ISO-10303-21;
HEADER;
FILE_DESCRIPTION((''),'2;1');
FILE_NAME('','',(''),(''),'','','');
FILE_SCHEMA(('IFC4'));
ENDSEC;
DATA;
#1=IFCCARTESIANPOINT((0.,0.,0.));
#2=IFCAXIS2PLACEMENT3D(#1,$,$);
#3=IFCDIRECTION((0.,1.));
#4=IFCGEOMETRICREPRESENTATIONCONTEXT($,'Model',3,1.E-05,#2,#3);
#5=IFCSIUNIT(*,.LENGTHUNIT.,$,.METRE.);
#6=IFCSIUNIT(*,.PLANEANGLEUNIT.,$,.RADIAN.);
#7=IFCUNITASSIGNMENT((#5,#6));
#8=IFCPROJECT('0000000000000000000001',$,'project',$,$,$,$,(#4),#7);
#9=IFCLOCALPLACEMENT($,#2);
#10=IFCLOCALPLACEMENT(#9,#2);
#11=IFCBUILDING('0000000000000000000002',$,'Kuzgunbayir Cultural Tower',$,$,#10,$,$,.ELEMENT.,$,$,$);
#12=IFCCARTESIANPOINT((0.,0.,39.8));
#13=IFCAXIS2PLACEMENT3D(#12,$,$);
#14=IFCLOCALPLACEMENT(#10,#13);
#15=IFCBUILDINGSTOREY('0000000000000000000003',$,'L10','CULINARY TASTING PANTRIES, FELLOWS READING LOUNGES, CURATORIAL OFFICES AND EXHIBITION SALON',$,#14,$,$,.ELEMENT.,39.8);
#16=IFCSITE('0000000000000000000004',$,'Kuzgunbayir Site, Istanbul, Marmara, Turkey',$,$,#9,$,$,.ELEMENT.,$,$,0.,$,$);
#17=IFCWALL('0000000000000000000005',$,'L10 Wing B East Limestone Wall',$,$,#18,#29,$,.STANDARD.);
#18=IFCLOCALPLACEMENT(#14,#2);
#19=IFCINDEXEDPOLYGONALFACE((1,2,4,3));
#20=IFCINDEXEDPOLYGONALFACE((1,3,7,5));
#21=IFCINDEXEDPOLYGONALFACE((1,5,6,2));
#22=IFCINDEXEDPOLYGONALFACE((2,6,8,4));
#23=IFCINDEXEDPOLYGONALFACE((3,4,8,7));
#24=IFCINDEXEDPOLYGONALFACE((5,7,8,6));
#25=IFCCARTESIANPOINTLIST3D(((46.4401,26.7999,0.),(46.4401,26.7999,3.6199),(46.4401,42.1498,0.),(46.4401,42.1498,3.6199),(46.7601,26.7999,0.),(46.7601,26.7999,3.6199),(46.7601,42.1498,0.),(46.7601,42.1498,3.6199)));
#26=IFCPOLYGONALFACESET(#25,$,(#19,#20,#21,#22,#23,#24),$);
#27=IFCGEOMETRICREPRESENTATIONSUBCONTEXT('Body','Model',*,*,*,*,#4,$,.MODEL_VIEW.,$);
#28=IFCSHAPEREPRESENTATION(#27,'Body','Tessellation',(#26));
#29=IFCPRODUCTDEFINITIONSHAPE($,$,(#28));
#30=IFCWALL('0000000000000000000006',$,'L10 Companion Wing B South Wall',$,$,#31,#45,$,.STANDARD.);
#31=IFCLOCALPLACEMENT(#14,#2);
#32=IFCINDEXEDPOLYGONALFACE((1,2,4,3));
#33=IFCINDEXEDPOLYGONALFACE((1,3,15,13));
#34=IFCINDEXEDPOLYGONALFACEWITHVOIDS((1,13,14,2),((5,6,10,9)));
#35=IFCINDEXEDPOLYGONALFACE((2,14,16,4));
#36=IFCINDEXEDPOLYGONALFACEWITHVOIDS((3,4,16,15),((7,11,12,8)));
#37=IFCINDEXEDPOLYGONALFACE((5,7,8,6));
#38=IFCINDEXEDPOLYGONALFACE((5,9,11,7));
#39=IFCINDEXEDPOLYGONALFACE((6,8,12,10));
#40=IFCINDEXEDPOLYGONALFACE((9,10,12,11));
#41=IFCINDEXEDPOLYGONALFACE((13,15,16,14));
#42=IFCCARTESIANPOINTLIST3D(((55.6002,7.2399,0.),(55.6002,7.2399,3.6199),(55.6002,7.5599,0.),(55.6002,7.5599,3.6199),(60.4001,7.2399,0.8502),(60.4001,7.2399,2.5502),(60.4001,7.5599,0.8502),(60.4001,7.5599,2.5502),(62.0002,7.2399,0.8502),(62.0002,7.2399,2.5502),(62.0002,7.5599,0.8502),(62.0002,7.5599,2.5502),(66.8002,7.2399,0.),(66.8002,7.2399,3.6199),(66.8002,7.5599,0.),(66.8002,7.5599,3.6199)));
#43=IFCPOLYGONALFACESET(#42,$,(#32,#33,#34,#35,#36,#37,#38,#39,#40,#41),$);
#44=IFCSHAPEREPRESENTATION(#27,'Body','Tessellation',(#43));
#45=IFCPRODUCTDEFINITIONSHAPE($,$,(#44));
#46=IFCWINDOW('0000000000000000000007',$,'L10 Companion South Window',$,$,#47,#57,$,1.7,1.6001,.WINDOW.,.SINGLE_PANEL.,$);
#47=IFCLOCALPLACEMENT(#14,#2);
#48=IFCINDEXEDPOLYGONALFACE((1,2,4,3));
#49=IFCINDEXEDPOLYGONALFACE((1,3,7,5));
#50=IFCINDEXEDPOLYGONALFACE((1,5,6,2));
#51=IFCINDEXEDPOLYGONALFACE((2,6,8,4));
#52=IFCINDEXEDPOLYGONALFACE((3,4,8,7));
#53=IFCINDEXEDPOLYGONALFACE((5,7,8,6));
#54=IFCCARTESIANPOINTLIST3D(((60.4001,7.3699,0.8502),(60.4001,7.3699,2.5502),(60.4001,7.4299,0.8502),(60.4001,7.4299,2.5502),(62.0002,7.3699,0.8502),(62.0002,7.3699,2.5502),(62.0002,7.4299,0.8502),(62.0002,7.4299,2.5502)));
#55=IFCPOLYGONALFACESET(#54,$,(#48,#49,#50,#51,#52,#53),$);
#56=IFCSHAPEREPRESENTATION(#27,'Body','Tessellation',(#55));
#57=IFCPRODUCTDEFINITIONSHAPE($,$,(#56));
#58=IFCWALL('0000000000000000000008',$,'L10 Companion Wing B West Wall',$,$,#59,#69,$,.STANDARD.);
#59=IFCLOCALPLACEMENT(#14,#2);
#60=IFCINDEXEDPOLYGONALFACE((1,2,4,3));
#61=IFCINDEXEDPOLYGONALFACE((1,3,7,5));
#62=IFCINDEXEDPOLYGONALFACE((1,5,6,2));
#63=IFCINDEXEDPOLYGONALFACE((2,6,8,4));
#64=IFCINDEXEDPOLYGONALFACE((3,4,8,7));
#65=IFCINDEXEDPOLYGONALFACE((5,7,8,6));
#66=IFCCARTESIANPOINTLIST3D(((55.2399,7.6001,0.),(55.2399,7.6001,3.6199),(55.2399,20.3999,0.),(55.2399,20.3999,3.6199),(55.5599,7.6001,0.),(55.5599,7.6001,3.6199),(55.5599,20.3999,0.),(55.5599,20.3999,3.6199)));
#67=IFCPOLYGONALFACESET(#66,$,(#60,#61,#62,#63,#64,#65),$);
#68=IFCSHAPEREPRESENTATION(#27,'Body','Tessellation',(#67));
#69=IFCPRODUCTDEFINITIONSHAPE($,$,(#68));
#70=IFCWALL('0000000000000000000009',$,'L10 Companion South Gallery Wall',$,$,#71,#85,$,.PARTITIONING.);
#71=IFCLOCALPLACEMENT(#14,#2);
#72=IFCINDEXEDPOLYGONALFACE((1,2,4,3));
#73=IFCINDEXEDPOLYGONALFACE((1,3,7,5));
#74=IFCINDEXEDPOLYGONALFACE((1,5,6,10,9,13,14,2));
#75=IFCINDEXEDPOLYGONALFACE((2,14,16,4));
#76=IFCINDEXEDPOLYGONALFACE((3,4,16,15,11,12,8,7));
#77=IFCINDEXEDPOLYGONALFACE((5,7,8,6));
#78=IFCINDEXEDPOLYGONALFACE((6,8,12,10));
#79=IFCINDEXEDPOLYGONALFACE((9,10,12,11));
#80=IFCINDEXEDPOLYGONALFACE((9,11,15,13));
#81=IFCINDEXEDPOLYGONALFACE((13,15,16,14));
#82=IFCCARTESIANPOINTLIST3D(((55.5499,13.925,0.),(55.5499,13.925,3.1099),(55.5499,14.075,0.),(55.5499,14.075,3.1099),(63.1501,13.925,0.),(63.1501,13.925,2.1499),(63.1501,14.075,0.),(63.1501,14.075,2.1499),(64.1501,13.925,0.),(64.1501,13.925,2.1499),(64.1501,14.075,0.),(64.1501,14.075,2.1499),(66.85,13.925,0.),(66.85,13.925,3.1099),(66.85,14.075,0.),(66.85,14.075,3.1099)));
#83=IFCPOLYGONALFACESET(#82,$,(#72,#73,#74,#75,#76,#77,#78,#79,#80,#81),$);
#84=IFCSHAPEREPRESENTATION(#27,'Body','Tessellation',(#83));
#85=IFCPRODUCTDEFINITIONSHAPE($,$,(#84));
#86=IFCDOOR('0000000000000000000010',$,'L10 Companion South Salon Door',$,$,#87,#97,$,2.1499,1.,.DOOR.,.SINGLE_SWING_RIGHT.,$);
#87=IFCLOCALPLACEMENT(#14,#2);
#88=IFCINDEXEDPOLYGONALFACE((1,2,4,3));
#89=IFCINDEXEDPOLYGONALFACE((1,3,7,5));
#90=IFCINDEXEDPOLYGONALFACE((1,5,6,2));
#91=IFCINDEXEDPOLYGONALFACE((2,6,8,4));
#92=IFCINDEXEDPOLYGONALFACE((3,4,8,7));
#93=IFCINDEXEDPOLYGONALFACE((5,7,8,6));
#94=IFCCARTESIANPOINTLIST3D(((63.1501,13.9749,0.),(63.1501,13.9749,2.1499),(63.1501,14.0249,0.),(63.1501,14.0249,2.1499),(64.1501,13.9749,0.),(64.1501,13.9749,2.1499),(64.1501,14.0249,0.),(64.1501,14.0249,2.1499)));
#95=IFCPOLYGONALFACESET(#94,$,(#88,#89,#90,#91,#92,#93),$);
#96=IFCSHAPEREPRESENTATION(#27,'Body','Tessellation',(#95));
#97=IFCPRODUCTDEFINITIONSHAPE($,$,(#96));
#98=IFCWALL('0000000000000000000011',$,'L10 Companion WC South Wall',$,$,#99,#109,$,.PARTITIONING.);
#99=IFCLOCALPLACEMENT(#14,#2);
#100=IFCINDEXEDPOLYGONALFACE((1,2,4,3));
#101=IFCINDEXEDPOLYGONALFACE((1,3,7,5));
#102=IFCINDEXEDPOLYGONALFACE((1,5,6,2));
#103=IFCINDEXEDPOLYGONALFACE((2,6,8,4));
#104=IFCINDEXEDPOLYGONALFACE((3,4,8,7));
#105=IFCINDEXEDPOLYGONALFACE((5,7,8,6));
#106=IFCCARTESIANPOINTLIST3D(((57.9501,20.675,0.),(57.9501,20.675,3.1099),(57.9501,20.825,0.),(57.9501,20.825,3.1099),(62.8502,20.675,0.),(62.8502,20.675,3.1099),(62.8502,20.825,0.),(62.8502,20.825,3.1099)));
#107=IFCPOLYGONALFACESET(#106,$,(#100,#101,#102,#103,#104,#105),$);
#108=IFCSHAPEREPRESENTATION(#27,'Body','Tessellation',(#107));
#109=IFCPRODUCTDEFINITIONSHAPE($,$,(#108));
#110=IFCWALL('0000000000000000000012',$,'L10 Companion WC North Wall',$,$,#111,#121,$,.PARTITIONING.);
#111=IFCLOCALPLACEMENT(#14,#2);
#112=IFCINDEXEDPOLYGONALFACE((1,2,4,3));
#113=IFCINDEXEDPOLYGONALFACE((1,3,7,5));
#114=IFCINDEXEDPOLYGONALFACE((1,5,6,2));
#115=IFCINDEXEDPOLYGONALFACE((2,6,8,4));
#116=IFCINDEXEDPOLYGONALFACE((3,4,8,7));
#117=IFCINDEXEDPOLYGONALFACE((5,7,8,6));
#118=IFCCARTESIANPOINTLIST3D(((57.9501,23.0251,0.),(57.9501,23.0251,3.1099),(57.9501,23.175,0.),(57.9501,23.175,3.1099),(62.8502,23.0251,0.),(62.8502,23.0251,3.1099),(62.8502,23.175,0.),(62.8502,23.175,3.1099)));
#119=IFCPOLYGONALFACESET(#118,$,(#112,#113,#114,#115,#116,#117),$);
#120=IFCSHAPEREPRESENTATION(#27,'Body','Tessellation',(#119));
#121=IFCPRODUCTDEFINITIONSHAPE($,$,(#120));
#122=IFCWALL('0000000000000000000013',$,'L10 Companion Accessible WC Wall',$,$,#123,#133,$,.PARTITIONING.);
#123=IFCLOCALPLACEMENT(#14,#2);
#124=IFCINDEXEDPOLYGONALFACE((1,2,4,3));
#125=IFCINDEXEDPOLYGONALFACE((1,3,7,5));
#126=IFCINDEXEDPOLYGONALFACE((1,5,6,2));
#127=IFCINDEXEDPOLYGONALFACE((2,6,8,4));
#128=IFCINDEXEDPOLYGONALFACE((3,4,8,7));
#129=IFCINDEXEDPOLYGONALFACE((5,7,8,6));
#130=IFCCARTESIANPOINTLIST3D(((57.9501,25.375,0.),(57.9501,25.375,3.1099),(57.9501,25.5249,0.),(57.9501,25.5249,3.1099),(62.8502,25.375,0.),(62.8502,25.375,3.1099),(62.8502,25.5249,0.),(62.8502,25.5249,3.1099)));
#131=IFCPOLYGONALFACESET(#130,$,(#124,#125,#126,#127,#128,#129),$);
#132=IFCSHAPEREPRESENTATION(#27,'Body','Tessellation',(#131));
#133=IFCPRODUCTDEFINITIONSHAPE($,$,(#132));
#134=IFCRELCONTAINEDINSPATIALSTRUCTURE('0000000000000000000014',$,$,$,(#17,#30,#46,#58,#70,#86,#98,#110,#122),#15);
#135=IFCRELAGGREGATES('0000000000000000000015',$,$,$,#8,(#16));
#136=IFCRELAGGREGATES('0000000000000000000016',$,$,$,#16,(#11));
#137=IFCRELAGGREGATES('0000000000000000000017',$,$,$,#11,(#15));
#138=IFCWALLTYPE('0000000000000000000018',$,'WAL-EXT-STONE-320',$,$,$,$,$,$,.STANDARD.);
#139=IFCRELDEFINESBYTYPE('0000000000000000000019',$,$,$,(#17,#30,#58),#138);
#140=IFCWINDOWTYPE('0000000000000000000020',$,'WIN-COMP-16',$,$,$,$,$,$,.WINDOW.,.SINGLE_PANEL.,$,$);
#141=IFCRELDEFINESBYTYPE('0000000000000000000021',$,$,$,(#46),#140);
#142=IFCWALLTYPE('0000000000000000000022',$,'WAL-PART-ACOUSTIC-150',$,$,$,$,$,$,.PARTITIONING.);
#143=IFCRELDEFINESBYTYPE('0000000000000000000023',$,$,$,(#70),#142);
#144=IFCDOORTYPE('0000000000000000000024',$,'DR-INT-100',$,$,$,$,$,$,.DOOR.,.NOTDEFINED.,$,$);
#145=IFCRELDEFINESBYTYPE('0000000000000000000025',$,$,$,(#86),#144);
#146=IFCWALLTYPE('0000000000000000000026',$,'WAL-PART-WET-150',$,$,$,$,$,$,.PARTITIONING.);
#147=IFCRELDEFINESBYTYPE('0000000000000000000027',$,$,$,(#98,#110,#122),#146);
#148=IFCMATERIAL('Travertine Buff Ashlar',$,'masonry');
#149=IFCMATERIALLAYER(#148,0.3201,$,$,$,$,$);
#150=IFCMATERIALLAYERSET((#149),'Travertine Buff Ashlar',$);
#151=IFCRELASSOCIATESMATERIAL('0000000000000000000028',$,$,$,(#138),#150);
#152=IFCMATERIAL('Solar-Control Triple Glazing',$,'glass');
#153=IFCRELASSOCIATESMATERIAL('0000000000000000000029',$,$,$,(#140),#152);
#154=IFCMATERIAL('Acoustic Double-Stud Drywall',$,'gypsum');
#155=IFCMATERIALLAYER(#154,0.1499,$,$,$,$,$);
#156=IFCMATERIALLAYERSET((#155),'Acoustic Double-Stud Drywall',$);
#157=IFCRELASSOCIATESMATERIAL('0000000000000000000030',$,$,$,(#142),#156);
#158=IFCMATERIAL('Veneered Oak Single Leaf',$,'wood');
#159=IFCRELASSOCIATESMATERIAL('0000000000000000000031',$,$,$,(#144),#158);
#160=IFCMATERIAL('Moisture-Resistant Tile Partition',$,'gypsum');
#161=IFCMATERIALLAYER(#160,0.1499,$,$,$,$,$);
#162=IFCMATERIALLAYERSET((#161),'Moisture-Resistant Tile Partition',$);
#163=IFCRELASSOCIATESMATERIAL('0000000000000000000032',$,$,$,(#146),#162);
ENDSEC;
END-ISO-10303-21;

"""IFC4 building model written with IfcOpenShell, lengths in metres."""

from ifc_helpers import new_model, si_unit, direction, frame, frame_2d, origin, place, context, subcontext, project, spatial, rectangle, extrude, material, layer, layer_set, type_object, element, fill, save


model = new_model("IFC4")

# Units and contexts
model_context = context("Model", 3, precision=1e-05, world=origin(), true_north=direction((0.0, 1.0)))
body_context = subcontext(model_context, "Body", "Model", "MODEL_VIEW")
ifc_project = project(units=[si_unit("LENGTHUNIT", "METRE"), si_unit("PLANEANGLEUNIT", "RADIAN")], contexts=[model_context])

# Site, building, storey
site_placement = place(None, origin())
site = spatial("IfcSite", under=ifc_project, at=site_placement, Name="Kuzgunbayir Site, Istanbul, Marmara, Turkey", CompositionType="ELEMENT", RefElevation=0.0)
building_placement = place(site_placement, origin())
building = spatial("IfcBuilding", under=site, at=building_placement, Name="Kuzgunbayir Cultural Tower", CompositionType="ELEMENT")
storey_placement = place(building_placement, frame((0.0, 0.0, 39.8)))
storey = spatial("IfcBuildingStorey", under=building, at=storey_placement, Name="L10", Description="CULINARY TASTING PANTRIES, FELLOWS READING LOUNGES, CURATORIAL OFFICES AND EXHIBITION SALON", CompositionType="ELEMENT", Elevation=39.8)

# Wall
ifc_material_1 = material(Name="Travertine Buff Ashlar", Category="masonry")
ifc_layer_1 = layer(ifc_material_1, 0.3201)
ifc_layer_set_1 = layer_set([ifc_layer_1], Name="Travertine Buff Ashlar")
wall_type_1 = type_object("IfcWallType", Name="WAL-EXT-STONE-320", PredefinedType="STANDARD", material=ifc_layer_set_1)
wall_1_placement = place(storey_placement, frame((46.6001, 26.8, 0.0), z_axis=(0.0, 0.0, 1.0), x_axis=(0.0, 1.0, 0.0)))
element("IfcWall", 1, at=wall_1_placement, inside=storey, type_object=wall_type_1, Name="L10 Wing B East Limestone Wall", PredefinedType="STANDARD", context=body_context, shape_type="SweptSolid", body=[
    extrude(rectangle(XDim=15.3499, YDim=0.3201, at=frame_2d((7.6748, 0.0))), origin(), (0.0, 0.0, 1.0), 3.6199),
])

# Wall, opening, window
wall_2_placement = place(storey_placement, frame((55.6001, 7.3999, 0.0), z_axis=(0.0, 0.0, 1.0), x_axis=(1.0, 0.0, 0.0)))
wall_2 = element("IfcWall", 2, at=wall_2_placement, inside=storey, type_object=wall_type_1, Name="L10 Companion Wing B South Wall", PredefinedType="STANDARD", context=body_context, shape_type="SweptSolid", body=[
    extrude(rectangle(XDim=11.2, YDim=0.3201, at=frame_2d((5.6001, 0.0))), origin(), (0.0, 0.0, 1.0), 3.6199),
])
opening_1_placement = place(wall_2_placement, frame((4.8, 0.0, 0.8501)))
opening_1 = element("IfcOpeningElement", 3, at=opening_1_placement, cuts=wall_2, PredefinedType="OPENING", context=body_context, shape_type="SweptSolid", body=[
    extrude(rectangle(XDim=1.6001, YDim=1.7, at=frame_2d((0.8, 0.8501))), frame((0.0, 0.1699, 0.0), z_axis=(0.0, -1.0, 0.0), x_axis=(1.0, 0.0, 0.0)), (0.0, 0.0, 1.0), 0.3401),
])
ifc_material_2 = material(Name="Solar-Control Triple Glazing", Category="glass")
window_type = type_object("IfcWindowType", Name="WIN-COMP-16", PartitioningType="SINGLE_PANEL", PredefinedType="WINDOW", material=ifc_material_2)
window_placement = place(opening_1_placement, origin())
window = element("IfcWindow", 4, at=window_placement, inside=storey, type_object=window_type, Name="L10 Companion South Window", OverallHeight=1.7, OverallWidth=1.6001, PartitioningType="SINGLE_PANEL", PredefinedType="WINDOW", context=body_context, shape_type="SweptSolid", body=[
    extrude(rectangle(XDim=1.6001, YDim=1.7, at=frame_2d((0.8, 0.8501))), frame((0.0, 0.03, 0.0), z_axis=(0.0, -1.0, 0.0), x_axis=(1.0, 0.0, 0.0)), (0.0, 0.0, 1.0), 0.0601),
])
fill(opening_1, window)

# Wall
wall_3_placement = place(storey_placement, frame((55.3999, 20.3999, 0.0), z_axis=(0.0, 0.0, 1.0), x_axis=(0.0, -1.0, 0.0)))
element("IfcWall", 5, at=wall_3_placement, inside=storey, type_object=wall_type_1, Name="L10 Companion Wing B West Wall", PredefinedType="STANDARD", context=body_context, shape_type="SweptSolid", body=[
    extrude(rectangle(XDim=12.7998, YDim=0.3201, at=frame_2d((6.3999, 0.0))), origin(), (0.0, 0.0, 1.0), 3.6199),
])

# Wall, opening, door
ifc_material_3 = material(Name="Acoustic Double-Stud Drywall", Category="gypsum")
ifc_layer_2 = layer(ifc_material_3, 0.1499)
ifc_layer_set_2 = layer_set([ifc_layer_2], Name="Acoustic Double-Stud Drywall")
wall_type_2 = type_object("IfcWallType", Name="WAL-PART-ACOUSTIC-150", PredefinedType="PARTITIONING", material=ifc_layer_set_2)
wall_4_placement = place(storey_placement, frame((55.55, 14.0, 0.0), z_axis=(0.0, 0.0, 1.0), x_axis=(1.0, 0.0, 0.0)))
wall_4 = element("IfcWall", 6, at=wall_4_placement, inside=storey, type_object=wall_type_2, Name="L10 Companion South Gallery Wall", PredefinedType="PARTITIONING", context=body_context, shape_type="SweptSolid", body=[
    extrude(rectangle(XDim=11.3, YDim=0.1499, at=frame_2d((5.6499, 0.0))), origin(), (0.0, 0.0, 1.0), 3.1099),
])
opening_2_placement = place(wall_4_placement, frame((7.6001, 0.0, 0.0)))
opening_2 = element("IfcOpeningElement", 7, at=opening_2_placement, cuts=wall_4, PredefinedType="OPENING", context=body_context, shape_type="SweptSolid", body=[
    extrude(rectangle(XDim=1.0, YDim=2.1499, at=frame_2d((0.5, 1.075))), frame((0.0, 0.085, 0.0), z_axis=(0.0, -1.0, 0.0), x_axis=(1.0, 0.0, 0.0)), (0.0, 0.0, 1.0), 0.1699),
])
ifc_material_4 = material(Name="Veneered Oak Single Leaf", Category="wood")
door_type = type_object("IfcDoorType", Name="DR-INT-100", OperationType="NOTDEFINED", PredefinedType="DOOR", material=ifc_material_4)
door_placement = place(opening_2_placement, origin())
door = element("IfcDoor", 8, at=door_placement, inside=storey, type_object=door_type, Name="L10 Companion South Salon Door", OperationType="SINGLE_SWING_RIGHT", OverallHeight=2.1499, OverallWidth=1.0, PredefinedType="DOOR", context=body_context, shape_type="SweptSolid", body=[
    extrude(rectangle(XDim=1.0, YDim=2.1499, at=frame_2d((0.5, 1.075))), frame((0.0, 0.0249, 0.0), z_axis=(0.0, -1.0, 0.0), x_axis=(1.0, 0.0, 0.0)), (0.0, 0.0, 1.0), 0.05),
])
fill(opening_2, door)

# Walls
ifc_material_5 = material(Name="Moisture-Resistant Tile Partition", Category="gypsum")
ifc_layer_3 = layer(ifc_material_5, 0.1499)
ifc_layer_set_3 = layer_set([ifc_layer_3], Name="Moisture-Resistant Tile Partition")
wall_type_3 = type_object("IfcWallType", Name="WAL-PART-WET-150", PredefinedType="PARTITIONING", material=ifc_layer_set_3)
for number, where, z_axis, x_axis, name in (
    (9, (57.95, 20.75, 0.0), (0.0, 0.0, 1.0), (1.0, 0.0, 0.0), "L10 Companion WC South Wall"),
    (10, (57.95, 23.1001, 0.0), (0.0, 0.0, 1.0), (1.0, 0.0, 0.0), "L10 Companion WC North Wall"),
    (11, (57.95, 25.45, 0.0), (0.0, 0.0, 1.0), (1.0, 0.0, 0.0), "L10 Companion Accessible WC Wall"),
):
    element("IfcWall", number, at=place(storey_placement, frame(where, z_axis=z_axis, x_axis=x_axis)), inside=storey, type_object=wall_type_3, Name=name, PredefinedType="PARTITIONING", context=body_context, shape_type="SweptSolid", body=[
        extrude(rectangle(XDim=4.9001, YDim=0.1499, at=frame_2d((2.4502, 0.0))), origin(), (0.0, 0.0, 1.0), 3.1099),
    ])

save(model, "model.ifc")
